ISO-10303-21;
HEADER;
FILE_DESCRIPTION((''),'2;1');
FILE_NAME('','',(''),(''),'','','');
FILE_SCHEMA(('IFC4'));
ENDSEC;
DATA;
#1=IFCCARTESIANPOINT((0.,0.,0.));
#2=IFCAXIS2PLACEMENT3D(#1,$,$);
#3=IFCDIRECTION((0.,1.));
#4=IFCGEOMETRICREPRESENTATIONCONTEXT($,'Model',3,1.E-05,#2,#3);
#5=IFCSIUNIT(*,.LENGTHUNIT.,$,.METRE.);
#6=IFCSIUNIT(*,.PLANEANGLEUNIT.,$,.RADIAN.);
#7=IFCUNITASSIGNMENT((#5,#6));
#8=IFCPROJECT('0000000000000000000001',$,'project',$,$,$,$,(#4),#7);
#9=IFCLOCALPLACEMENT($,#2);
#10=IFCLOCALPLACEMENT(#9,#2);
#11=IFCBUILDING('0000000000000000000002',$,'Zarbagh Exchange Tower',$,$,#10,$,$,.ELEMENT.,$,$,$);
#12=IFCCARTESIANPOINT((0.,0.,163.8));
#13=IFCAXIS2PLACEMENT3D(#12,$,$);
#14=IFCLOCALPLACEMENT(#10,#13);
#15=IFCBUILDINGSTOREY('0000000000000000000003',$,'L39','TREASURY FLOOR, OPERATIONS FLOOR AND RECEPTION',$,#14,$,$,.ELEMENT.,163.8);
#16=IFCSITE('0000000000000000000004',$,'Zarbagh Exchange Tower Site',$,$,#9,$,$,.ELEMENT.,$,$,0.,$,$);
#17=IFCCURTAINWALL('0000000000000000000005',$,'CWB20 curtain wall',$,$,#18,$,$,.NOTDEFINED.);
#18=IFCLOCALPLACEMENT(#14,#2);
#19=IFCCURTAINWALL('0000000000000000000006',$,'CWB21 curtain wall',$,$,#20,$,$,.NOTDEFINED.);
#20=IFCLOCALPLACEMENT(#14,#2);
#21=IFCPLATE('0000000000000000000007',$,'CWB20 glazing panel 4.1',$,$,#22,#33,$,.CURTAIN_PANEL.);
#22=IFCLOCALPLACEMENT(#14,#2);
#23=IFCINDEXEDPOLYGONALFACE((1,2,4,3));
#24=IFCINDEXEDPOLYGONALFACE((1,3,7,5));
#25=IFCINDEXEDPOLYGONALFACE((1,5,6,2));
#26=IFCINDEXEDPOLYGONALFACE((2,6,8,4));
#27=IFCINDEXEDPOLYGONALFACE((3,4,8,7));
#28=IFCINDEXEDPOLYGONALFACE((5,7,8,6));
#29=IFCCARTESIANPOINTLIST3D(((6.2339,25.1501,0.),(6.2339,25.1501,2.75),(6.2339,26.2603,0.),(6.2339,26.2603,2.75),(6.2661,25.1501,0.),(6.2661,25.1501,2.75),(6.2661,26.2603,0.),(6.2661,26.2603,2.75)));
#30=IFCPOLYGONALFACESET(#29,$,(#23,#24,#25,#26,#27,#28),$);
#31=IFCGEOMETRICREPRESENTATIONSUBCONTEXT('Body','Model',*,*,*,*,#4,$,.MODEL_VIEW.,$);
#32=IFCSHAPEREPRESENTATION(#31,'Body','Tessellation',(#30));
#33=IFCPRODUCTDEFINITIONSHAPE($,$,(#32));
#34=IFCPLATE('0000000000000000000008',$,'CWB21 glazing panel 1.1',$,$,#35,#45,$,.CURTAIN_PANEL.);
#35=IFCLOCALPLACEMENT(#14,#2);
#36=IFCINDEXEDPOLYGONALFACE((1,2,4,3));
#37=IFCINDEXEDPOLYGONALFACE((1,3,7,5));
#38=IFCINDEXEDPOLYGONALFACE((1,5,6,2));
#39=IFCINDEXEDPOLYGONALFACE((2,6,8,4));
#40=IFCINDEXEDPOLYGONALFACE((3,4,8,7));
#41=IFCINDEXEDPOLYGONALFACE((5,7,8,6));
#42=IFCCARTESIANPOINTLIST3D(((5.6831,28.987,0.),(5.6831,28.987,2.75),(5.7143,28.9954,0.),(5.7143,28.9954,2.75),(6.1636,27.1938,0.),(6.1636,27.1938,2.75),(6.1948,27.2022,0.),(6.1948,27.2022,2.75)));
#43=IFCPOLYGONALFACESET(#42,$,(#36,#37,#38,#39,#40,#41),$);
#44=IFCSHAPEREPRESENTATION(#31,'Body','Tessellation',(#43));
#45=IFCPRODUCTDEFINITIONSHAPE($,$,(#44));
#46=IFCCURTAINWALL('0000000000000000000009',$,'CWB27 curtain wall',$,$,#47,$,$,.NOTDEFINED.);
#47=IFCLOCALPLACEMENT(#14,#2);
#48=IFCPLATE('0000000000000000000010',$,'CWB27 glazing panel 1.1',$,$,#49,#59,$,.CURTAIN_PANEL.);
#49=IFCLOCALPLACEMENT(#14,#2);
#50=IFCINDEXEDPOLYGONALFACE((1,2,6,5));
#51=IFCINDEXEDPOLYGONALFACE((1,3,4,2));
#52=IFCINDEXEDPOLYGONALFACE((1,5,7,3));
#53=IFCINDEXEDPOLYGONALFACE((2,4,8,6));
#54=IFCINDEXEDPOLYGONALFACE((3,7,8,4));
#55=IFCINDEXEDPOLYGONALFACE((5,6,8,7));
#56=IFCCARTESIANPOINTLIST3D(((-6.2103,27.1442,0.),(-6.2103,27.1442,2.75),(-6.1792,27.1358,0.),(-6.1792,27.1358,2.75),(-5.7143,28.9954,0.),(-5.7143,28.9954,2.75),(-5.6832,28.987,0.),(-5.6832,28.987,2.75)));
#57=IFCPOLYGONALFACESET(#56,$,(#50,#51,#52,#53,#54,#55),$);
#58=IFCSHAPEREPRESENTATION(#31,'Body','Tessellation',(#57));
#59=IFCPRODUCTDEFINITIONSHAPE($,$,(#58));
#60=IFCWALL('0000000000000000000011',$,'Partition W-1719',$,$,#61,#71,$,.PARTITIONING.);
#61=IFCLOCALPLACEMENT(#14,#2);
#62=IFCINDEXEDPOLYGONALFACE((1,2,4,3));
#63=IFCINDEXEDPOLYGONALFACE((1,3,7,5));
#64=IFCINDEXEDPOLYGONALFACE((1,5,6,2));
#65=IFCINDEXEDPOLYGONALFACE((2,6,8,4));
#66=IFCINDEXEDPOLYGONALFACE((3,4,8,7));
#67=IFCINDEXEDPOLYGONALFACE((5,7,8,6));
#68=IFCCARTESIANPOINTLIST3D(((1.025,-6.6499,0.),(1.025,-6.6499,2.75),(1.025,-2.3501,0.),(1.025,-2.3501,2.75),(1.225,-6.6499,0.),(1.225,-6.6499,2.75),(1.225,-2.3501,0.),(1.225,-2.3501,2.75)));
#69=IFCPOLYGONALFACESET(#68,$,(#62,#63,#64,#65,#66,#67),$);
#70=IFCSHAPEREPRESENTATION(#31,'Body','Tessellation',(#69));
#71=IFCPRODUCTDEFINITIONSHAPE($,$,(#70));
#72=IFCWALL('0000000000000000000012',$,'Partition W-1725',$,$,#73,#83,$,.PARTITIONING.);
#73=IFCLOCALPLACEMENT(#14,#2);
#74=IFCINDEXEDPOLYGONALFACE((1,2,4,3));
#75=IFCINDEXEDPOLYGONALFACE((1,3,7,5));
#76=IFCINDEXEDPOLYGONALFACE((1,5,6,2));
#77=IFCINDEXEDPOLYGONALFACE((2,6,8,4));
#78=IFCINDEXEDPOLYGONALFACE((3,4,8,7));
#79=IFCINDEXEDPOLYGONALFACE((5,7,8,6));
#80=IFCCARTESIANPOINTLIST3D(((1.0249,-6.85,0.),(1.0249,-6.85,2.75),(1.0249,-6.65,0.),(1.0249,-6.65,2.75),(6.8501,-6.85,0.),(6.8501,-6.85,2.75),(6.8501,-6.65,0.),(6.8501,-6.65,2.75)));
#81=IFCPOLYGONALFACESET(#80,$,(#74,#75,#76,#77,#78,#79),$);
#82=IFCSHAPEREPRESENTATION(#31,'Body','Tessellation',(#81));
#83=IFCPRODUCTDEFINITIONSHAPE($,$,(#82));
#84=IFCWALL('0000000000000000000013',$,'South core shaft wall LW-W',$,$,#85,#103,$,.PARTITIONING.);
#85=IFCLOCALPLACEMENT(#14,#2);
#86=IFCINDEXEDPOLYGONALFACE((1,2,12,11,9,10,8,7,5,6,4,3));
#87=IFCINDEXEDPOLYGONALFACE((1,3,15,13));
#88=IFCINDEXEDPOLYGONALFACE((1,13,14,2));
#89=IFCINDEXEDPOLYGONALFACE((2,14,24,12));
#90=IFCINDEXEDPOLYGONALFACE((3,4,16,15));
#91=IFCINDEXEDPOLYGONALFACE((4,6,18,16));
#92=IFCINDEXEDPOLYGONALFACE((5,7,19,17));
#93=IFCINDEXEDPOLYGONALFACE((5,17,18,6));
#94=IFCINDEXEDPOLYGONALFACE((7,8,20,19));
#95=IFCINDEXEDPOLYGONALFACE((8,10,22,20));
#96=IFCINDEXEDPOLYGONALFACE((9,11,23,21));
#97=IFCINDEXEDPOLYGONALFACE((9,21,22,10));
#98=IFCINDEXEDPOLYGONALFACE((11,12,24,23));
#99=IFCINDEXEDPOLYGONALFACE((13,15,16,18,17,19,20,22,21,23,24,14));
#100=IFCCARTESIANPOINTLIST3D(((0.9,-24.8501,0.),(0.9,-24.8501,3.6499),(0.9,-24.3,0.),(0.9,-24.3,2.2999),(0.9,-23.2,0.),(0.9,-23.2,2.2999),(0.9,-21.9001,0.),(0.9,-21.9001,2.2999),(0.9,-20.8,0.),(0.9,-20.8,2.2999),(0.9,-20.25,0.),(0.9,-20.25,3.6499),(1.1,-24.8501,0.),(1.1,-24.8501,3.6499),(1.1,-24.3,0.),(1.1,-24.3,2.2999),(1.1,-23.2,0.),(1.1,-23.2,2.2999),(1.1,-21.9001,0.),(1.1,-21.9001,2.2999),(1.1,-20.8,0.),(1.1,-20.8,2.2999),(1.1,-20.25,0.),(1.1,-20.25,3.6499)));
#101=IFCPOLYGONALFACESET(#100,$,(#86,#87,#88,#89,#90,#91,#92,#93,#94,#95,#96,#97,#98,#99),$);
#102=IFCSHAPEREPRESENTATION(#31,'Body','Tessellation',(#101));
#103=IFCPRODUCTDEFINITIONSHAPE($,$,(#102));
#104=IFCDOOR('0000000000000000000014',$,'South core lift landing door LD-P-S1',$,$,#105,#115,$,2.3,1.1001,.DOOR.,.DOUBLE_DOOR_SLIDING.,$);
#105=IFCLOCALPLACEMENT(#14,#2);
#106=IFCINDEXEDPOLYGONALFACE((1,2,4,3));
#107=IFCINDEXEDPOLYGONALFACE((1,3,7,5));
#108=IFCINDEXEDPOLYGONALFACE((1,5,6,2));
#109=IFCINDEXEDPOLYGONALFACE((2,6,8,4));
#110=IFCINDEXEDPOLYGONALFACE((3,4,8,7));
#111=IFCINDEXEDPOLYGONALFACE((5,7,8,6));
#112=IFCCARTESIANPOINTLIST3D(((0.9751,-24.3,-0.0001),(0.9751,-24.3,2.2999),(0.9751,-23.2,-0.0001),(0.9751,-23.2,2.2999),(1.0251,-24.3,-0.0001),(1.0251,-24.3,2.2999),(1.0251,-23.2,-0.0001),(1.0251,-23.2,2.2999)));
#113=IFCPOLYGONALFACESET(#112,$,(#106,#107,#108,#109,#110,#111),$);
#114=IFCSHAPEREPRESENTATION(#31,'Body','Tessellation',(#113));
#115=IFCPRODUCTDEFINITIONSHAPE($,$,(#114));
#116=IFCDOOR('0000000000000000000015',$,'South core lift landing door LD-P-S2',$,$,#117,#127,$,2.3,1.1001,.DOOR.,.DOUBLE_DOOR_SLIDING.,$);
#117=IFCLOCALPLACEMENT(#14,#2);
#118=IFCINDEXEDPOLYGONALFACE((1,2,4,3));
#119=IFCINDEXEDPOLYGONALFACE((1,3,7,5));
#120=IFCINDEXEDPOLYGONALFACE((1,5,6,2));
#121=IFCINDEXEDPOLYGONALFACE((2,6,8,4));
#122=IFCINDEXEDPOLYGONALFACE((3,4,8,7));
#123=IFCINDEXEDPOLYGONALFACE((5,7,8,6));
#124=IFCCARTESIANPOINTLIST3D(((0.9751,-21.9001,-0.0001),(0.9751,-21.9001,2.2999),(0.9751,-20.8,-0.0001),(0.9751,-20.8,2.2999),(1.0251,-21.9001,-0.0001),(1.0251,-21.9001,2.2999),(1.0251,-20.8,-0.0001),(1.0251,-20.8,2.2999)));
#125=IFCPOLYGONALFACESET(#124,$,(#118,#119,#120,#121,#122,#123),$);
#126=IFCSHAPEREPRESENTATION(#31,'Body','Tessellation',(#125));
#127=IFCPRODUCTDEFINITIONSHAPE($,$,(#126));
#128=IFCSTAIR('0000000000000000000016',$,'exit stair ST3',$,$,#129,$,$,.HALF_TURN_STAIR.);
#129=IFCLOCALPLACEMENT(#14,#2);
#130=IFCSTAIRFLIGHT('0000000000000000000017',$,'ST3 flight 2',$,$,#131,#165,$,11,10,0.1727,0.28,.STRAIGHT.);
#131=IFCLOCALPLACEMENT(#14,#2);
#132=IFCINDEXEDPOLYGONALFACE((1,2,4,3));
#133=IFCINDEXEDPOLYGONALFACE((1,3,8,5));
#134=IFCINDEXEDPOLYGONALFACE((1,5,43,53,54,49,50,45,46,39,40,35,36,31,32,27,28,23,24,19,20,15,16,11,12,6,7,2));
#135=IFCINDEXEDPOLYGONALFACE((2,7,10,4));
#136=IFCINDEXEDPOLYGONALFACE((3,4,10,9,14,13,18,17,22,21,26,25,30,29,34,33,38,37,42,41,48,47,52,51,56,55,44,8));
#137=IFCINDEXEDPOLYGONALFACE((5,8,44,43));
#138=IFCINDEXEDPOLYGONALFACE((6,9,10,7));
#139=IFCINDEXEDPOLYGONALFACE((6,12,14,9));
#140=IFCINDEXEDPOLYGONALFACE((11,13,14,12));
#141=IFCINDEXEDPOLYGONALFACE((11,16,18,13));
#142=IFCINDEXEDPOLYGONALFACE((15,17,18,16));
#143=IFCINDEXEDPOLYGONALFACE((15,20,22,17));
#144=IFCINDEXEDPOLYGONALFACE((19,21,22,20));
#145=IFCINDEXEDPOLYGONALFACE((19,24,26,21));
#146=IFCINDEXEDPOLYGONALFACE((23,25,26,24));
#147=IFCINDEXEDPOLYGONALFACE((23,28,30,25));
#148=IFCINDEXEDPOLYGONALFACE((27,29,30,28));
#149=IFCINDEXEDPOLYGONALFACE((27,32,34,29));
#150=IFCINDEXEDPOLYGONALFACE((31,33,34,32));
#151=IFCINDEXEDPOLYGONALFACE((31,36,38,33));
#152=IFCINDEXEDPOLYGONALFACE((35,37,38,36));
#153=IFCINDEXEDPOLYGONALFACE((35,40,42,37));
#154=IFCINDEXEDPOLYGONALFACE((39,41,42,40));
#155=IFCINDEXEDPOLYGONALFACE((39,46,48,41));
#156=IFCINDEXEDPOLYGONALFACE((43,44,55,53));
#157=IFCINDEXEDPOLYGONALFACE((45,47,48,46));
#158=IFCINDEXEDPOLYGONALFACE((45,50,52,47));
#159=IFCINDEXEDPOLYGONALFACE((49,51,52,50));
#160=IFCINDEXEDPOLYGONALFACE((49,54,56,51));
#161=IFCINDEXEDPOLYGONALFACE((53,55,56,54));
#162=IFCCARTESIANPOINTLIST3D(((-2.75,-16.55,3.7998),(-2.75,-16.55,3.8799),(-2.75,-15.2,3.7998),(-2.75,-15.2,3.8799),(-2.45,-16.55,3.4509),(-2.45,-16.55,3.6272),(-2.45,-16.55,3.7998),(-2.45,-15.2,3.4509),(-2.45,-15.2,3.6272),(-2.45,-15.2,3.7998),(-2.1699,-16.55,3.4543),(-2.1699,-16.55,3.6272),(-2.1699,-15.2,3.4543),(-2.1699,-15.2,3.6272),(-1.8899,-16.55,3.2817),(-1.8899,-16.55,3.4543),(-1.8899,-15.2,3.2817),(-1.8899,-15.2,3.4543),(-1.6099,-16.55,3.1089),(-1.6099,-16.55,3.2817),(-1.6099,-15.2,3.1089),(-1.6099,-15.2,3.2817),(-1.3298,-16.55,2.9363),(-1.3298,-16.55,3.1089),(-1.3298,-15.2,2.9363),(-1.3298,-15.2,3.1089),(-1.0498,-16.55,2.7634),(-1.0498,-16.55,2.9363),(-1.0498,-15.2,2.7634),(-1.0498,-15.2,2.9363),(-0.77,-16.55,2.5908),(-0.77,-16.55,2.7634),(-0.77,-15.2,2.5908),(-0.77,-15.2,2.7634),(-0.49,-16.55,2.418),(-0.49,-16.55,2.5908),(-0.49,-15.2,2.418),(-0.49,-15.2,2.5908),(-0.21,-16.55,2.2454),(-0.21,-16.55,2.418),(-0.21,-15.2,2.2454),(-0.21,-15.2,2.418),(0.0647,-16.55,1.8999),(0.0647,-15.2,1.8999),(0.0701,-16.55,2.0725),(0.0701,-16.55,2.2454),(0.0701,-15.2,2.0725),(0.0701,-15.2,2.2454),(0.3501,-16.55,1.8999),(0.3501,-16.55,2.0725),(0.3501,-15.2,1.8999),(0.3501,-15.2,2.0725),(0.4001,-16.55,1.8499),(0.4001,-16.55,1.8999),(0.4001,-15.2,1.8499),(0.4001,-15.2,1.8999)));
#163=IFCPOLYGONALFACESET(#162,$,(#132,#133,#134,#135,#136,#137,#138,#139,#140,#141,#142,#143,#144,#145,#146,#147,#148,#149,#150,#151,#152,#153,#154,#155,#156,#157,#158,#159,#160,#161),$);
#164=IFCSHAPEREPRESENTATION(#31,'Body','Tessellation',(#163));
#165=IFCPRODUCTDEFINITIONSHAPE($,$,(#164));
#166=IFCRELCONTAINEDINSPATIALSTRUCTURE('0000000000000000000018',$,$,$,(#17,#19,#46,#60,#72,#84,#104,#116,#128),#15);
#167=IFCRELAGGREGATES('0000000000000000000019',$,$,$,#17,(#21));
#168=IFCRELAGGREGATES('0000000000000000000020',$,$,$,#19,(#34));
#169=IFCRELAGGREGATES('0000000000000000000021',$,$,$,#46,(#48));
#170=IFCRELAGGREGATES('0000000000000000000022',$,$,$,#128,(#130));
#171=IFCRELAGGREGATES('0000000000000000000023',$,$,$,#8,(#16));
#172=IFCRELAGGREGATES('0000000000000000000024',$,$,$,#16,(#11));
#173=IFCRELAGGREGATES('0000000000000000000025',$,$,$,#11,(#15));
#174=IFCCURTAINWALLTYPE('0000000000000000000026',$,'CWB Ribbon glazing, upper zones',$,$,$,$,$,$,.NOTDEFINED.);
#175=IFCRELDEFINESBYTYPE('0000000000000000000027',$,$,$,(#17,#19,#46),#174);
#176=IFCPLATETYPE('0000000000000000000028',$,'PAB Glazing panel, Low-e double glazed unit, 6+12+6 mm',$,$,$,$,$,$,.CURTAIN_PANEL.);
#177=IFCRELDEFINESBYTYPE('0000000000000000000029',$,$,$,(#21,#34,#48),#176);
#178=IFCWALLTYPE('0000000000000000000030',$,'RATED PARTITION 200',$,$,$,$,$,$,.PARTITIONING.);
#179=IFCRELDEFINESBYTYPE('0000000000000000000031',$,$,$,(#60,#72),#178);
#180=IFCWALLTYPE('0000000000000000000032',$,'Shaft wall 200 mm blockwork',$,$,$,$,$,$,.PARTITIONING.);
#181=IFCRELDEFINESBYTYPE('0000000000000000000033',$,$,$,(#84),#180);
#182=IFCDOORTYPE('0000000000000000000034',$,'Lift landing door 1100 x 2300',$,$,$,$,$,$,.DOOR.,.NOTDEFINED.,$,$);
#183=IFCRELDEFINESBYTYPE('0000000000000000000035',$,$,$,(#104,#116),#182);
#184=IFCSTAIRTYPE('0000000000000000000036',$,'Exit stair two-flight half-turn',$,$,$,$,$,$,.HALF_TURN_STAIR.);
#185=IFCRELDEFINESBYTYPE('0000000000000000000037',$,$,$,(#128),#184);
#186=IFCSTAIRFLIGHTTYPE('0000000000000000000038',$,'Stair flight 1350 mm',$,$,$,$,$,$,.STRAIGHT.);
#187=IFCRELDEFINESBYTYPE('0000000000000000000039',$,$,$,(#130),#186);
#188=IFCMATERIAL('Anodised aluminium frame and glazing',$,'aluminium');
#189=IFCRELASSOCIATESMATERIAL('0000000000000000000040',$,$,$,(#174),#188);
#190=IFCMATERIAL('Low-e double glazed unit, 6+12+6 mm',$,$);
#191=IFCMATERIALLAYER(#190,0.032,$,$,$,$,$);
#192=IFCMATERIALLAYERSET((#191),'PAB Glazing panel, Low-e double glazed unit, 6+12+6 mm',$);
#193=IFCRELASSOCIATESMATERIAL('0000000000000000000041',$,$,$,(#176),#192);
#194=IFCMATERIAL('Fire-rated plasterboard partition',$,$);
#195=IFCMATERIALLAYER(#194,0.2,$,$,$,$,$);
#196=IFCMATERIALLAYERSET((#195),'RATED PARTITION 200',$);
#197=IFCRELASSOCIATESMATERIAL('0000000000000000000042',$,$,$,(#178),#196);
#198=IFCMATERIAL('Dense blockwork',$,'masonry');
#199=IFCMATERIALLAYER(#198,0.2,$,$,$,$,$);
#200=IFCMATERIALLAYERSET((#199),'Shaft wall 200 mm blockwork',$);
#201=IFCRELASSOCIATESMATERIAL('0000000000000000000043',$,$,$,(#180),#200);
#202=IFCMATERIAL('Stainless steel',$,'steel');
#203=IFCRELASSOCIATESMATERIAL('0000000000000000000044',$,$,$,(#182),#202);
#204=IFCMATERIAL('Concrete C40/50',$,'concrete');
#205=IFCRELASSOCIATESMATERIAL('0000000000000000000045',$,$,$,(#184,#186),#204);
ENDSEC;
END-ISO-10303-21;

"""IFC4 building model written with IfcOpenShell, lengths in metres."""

from ifc_helpers import new_model, si_unit, direction, frame, frame_2d, origin, place, context, subcontext, project, spatial, polyline, rectangle, outline, extrude, source, transform, mapped, material, layer, layer_set, type_object, element, fill, aggregate, save


model = new_model("IFC4")

# Units and contexts
model_context = context("Model", 3, precision=1e-05, world=origin(), true_north=direction((0.0, 1.0)))
body_context = subcontext(model_context, "Body", "Model", "MODEL_VIEW")
ifc_project = project(units=[si_unit("LENGTHUNIT", "METRE"), si_unit("PLANEANGLEUNIT", "RADIAN")], contexts=[model_context])

# Site, building, storey
site_placement = place(None, origin())
site = spatial("IfcSite", under=ifc_project, at=site_placement, Name="Zarbagh Exchange Tower Site", CompositionType="ELEMENT", RefElevation=0.0)
building_placement = place(site_placement, origin())
building = spatial("IfcBuilding", under=site, at=building_placement, Name="Zarbagh Exchange Tower", CompositionType="ELEMENT")
storey_placement = place(building_placement, frame((0.0, 0.0, 163.8)))
storey = spatial("IfcBuildingStorey", under=building, at=storey_placement, Name="L39", Description="TREASURY FLOOR, OPERATIONS FLOOR AND RECEPTION", CompositionType="ELEMENT", Elevation=163.8)

# Curtain wall
ifc_material_1 = material(Name="Anodised aluminium frame and glazing", Category="aluminium")
curtain_wall_type = type_object("IfcCurtainWallType", Name="CWB Ribbon glazing, upper zones", PredefinedType="NOTDEFINED", material=ifc_material_1)
curtain_wall_1_placement = place(storey_placement, origin())
curtain_wall_1 = element("IfcCurtainWall", 1, at=curtain_wall_1_placement, inside=storey, type_object=curtain_wall_type, Name="CWB20 curtain wall", PredefinedType="NOTDEFINED")
placement = place(storey_placement, origin())

# Curtain wall
curtain_wall_2_placement = place(storey_placement, origin())
curtain_wall_2 = element("IfcCurtainWall", 2, at=curtain_wall_2_placement, inside=storey, type_object=curtain_wall_type, Name="CWB21 curtain wall", PredefinedType="NOTDEFINED")

# Shared definitions
ifc_material_2 = material(Name="Low-e double glazed unit, 6+12+6 mm")
ifc_layer_1 = layer(ifc_material_2, 0.032)
ifc_layer_set_1 = layer_set([ifc_layer_1], Name="PAB Glazing panel, Low-e double glazed unit, 6+12+6 mm")
plate_type = type_object("IfcPlateType", Name="PAB Glazing panel, Low-e double glazed unit, 6+12+6 mm", PredefinedType="CURTAIN_PANEL", material=ifc_layer_set_1)

# Plates
shared_shape_1 = source(origin(), body_context, "Body", "SweptSolid", [
    extrude(outline(polyline([(0.0, -0.0161), (1.1101, -0.0161), (1.1101, 0.0161), (0.0, 0.0161), (0.0, -0.0161)])), origin(), (0.0, 0.0, 1.0), 2.75),
])
plate_1 = element("IfcPlate", 3, at=placement, type_object=plate_type, Name="CWB20 glazing panel 4.1", PredefinedType="CURTAIN_PANEL", context=body_context, shape_type="MappedRepresentation", body=[
    mapped(shared_shape_1, transform((6.25, 25.1501, 0.0), x_axis=(0.0, 1.0, 0.0), y_axis=(-1.0, 0.0, 0.0), z_axis=(0.0, 0.0, 1.0))),
])
aggregate(curtain_wall_1, [plate_1])
shared_shape_2 = source(origin(), body_context, "Body", "SweptSolid", [
    extrude(outline(polyline([(0.0, -0.0161), (1.8564, -0.0161), (1.8564, 0.0161), (0.0, 0.0161), (0.0, -0.0161)])), origin(), (0.0, 0.0, 1.0), 2.75),
])
plate_2 = element("IfcPlate", 4, at=placement, type_object=plate_type, Name="CWB21 glazing panel 1.1", PredefinedType="CURTAIN_PANEL", context=body_context, shape_type="MappedRepresentation", body=[
    mapped(shared_shape_2, transform((6.1792, 27.198, 0.0), x_axis=(-0.258825, 0.965924, 0.0), y_axis=(-0.965924, -0.258825, 0.0), z_axis=(0.0, 0.0, 1.0))),
])
aggregate(curtain_wall_2, [plate_2])

# Curtain wall, plate
curtain_wall_3_placement = place(storey_placement, origin())
curtain_wall_3 = element("IfcCurtainWall", 5, at=curtain_wall_3_placement, inside=storey, type_object=curtain_wall_type, Name="CWB27 curtain wall", PredefinedType="NOTDEFINED")
shared_shape_3 = source(origin(), body_context, "Body", "SweptSolid", [
    extrude(outline(polyline([(0.0, -0.0161), (1.9165, -0.0161), (1.9165, 0.0161), (0.0, 0.0161), (0.0, -0.0161)])), origin(), (0.0, 0.0, 1.0), 2.75),
])
plate_3 = element("IfcPlate", 6, at=placement, type_object=plate_type, Name="CWB27 glazing panel 1.1", PredefinedType="CURTAIN_PANEL", context=body_context, shape_type="MappedRepresentation", body=[
    mapped(shared_shape_3, transform((-5.6987, 28.9912, 0.0), x_axis=(-0.258825, -0.965924, 0.0), y_axis=(0.965924, -0.258825, 0.0), z_axis=(0.0, 0.0, 1.0))),
])
aggregate(curtain_wall_3, [plate_3])

# Walls
ifc_material_3 = material(Name="Fire-rated plasterboard partition")
ifc_layer_2 = layer(ifc_material_3, 0.2)
ifc_layer_set_2 = layer_set([ifc_layer_2], Name="RATED PARTITION 200")
wall_type_1 = type_object("IfcWallType", Name="RATED PARTITION 200", PredefinedType="PARTITIONING", material=ifc_layer_set_2)
wall_1_placement = place(storey_placement, frame((1.125, -6.6499, 0.0), z_axis=(0.0, 0.0, 1.0), x_axis=(0.0, 1.0, 0.0)))
element("IfcWall", 7, at=wall_1_placement, inside=storey, type_object=wall_type_1, Name="Partition W-1719", PredefinedType="PARTITIONING", context=body_context, shape_type="SweptSolid", body=[
    extrude(rectangle(XDim=4.2998, YDim=0.2, at=frame_2d((2.1499, 0.0))), origin(), (0.0, 0.0, 1.0), 2.75),
])
wall_2_placement = place(storey_placement, frame((1.0249, -6.75, 0.0), z_axis=(0.0, 0.0, 1.0), x_axis=(1.0, 0.0, 0.0)))
element("IfcWall", 8, at=wall_2_placement, inside=storey, type_object=wall_type_1, Name="Partition W-1725", PredefinedType="PARTITIONING", context=body_context, shape_type="SweptSolid", body=[
    extrude(rectangle(XDim=5.8252, YDim=0.2, at=frame_2d((2.9126, 0.0))), origin(), (0.0, 0.0, 1.0), 2.75),
])

# Wall, openings, doors
ifc_material_4 = material(Name="Dense blockwork", Category="masonry")
ifc_layer_3 = layer(ifc_material_4, 0.2)
ifc_layer_set_3 = layer_set([ifc_layer_3], Name="Shaft wall 200 mm blockwork")
wall_type_2 = type_object("IfcWallType", Name="Shaft wall 200 mm blockwork", PredefinedType="PARTITIONING", material=ifc_layer_set_3)
wall_3_placement = place(storey_placement, frame((1.0, -24.8501, 0.0), z_axis=(0.0, 0.0, 1.0), x_axis=(0.0, 1.0, 0.0)))
wall_3 = element("IfcWall", 9, at=wall_3_placement, inside=storey, type_object=wall_type_2, Name="South core shaft wall LW-W", PredefinedType="PARTITIONING", context=body_context, shape_type="SweptSolid", body=[
    extrude(rectangle(XDim=4.6001, YDim=0.2, at=frame_2d((2.3, 0.0))), origin(), (0.0, 0.0, 1.0), 3.6499),
])
opening_1_placement = place(wall_3_placement, frame((0.55, 0.0, 0.0)))
opening_1 = element("IfcOpeningElement", 10, at=opening_1_placement, cuts=wall_3, PredefinedType="OPENING", context=body_context, shape_type="SweptSolid", body=[
    extrude(rectangle(XDim=1.1001, YDim=2.3, at=frame_2d((0.55, 1.1499))), frame((0.0, 0.1099, 0.0), z_axis=(0.0, -1.0, 0.0), x_axis=(1.0, 0.0, 0.0)), (0.0, 0.0, 1.0), 0.22),
])
opening_2_placement = place(wall_3_placement, frame((2.95, 0.0, 0.0)))
opening_2 = element("IfcOpeningElement", 11, at=opening_2_placement, cuts=wall_3, PredefinedType="OPENING", context=body_context, shape_type="SweptSolid", body=[
    extrude(rectangle(XDim=1.1001, YDim=2.3, at=frame_2d((0.55, 1.1499))), frame((0.0, 0.1099, 0.0), z_axis=(0.0, -1.0, 0.0), x_axis=(1.0, 0.0, 0.0)), (0.0, 0.0, 1.0), 0.22),
])
ifc_material_5 = material(Name="Stainless steel", Category="steel")
door_type = type_object("IfcDoorType", Name="Lift landing door 1100 x 2300", OperationType="NOTDEFINED", PredefinedType="DOOR", material=ifc_material_5)
door_1_placement = place(opening_1_placement, origin())
door_1 = element("IfcDoor", 12, at=door_1_placement, inside=storey, type_object=door_type, Name="South core lift landing door LD-P-S1", OperationType="DOUBLE_DOOR_SLIDING", OverallHeight=2.3, OverallWidth=1.1001, PredefinedType="DOOR", context=body_context, shape_type="SweptSolid", body=[
    extrude(rectangle(XDim=1.1001, YDim=2.3, at=frame_2d((0.55, 1.1499))), frame((0.0, 0.0249, 0.0), z_axis=(0.0, -1.0, 0.0), x_axis=(1.0, 0.0, 0.0)), (0.0, 0.0, 1.0), 0.05),
])
fill(opening_1, door_1)
door_2_placement = place(opening_2_placement, origin())
door_2 = element("IfcDoor", 13, at=door_2_placement, inside=storey, type_object=door_type, Name="South core lift landing door LD-P-S2", OperationType="DOUBLE_DOOR_SLIDING", OverallHeight=2.3, OverallWidth=1.1001, PredefinedType="DOOR", context=body_context, shape_type="SweptSolid", body=[
    extrude(rectangle(XDim=1.1001, YDim=2.3, at=frame_2d((0.55, 1.1499))), frame((0.0, 0.0249, 0.0), z_axis=(0.0, -1.0, 0.0), x_axis=(1.0, 0.0, 0.0)), (0.0, 0.0, 1.0), 0.05),
])
fill(opening_2, door_2)

# Stair, stair flight
ifc_material_6 = material(Name="Concrete C40/50", Category="concrete")
stair_type = type_object("IfcStairType", Name="Exit stair two-flight half-turn", PredefinedType="HALF_TURN_STAIR", material=ifc_material_6)
stair_1_placement = place(storey_placement, origin())
stair_1 = element("IfcStair", 14, at=stair_1_placement, inside=storey, type_object=stair_type, Name="exit stair ST3", PredefinedType="HALF_TURN_STAIR")
stair_flight_type_1 = type_object("IfcStairFlightType", Name="Stair flight 1350 mm", PredefinedType="STRAIGHT", material=ifc_material_6)
stair_flight_1_placement = place(storey_placement, frame((0.3501, -15.875, 1.8999), z_axis=(0.0, 0.0, 1.0), x_axis=(-1.0, 0.0, 0.0)))
stair_flight_1 = element("IfcStairFlight", 15, at=stair_flight_1_placement, type_object=stair_flight_type_1, Name="ST3 flight 2", NumberOfRisers=11, NumberOfTreads=10, PredefinedType="STRAIGHT", RiserHeight=0.1727, TreadLength=0.28, context=body_context, shape_type="SweptSolid", body=[
    extrude(outline(polyline([(-0.05, -0.05), (-0.05, 0.0), (0.0, 0.0), (0.0, 0.1726), (0.28, 0.1726), (0.28, 0.3455), (0.5601, 0.3455), (0.5601, 0.5181), (0.8401, 0.5181), (0.8401, 0.6909), (1.1201, 0.6909), (1.1201, 0.8635), (1.3999, 0.8635), (1.3999, 1.0364), (1.6799, 1.0364), (1.6799, 1.209), (1.96, 1.209), (1.96, 1.3818), (2.24, 1.3818), (2.24, 1.5544), (2.52, 1.5544), (2.52, 1.7273), (2.8, 1.7273), (2.8, 1.8999), (3.1001, 1.98), (3.1001, 1.8999), (2.8, 1.551), (0.2854, 0.0), (-0.05, -0.05)])), frame((0.0, 0.675, 0.0), z_axis=(0.0, -1.0, 0.0), x_axis=(1.0, 0.0, 0.0)), (0.0, 0.0, 1.0), 1.3501),
])
aggregate(stair_1, [stair_flight_1])

save(model, "model.ifc")
